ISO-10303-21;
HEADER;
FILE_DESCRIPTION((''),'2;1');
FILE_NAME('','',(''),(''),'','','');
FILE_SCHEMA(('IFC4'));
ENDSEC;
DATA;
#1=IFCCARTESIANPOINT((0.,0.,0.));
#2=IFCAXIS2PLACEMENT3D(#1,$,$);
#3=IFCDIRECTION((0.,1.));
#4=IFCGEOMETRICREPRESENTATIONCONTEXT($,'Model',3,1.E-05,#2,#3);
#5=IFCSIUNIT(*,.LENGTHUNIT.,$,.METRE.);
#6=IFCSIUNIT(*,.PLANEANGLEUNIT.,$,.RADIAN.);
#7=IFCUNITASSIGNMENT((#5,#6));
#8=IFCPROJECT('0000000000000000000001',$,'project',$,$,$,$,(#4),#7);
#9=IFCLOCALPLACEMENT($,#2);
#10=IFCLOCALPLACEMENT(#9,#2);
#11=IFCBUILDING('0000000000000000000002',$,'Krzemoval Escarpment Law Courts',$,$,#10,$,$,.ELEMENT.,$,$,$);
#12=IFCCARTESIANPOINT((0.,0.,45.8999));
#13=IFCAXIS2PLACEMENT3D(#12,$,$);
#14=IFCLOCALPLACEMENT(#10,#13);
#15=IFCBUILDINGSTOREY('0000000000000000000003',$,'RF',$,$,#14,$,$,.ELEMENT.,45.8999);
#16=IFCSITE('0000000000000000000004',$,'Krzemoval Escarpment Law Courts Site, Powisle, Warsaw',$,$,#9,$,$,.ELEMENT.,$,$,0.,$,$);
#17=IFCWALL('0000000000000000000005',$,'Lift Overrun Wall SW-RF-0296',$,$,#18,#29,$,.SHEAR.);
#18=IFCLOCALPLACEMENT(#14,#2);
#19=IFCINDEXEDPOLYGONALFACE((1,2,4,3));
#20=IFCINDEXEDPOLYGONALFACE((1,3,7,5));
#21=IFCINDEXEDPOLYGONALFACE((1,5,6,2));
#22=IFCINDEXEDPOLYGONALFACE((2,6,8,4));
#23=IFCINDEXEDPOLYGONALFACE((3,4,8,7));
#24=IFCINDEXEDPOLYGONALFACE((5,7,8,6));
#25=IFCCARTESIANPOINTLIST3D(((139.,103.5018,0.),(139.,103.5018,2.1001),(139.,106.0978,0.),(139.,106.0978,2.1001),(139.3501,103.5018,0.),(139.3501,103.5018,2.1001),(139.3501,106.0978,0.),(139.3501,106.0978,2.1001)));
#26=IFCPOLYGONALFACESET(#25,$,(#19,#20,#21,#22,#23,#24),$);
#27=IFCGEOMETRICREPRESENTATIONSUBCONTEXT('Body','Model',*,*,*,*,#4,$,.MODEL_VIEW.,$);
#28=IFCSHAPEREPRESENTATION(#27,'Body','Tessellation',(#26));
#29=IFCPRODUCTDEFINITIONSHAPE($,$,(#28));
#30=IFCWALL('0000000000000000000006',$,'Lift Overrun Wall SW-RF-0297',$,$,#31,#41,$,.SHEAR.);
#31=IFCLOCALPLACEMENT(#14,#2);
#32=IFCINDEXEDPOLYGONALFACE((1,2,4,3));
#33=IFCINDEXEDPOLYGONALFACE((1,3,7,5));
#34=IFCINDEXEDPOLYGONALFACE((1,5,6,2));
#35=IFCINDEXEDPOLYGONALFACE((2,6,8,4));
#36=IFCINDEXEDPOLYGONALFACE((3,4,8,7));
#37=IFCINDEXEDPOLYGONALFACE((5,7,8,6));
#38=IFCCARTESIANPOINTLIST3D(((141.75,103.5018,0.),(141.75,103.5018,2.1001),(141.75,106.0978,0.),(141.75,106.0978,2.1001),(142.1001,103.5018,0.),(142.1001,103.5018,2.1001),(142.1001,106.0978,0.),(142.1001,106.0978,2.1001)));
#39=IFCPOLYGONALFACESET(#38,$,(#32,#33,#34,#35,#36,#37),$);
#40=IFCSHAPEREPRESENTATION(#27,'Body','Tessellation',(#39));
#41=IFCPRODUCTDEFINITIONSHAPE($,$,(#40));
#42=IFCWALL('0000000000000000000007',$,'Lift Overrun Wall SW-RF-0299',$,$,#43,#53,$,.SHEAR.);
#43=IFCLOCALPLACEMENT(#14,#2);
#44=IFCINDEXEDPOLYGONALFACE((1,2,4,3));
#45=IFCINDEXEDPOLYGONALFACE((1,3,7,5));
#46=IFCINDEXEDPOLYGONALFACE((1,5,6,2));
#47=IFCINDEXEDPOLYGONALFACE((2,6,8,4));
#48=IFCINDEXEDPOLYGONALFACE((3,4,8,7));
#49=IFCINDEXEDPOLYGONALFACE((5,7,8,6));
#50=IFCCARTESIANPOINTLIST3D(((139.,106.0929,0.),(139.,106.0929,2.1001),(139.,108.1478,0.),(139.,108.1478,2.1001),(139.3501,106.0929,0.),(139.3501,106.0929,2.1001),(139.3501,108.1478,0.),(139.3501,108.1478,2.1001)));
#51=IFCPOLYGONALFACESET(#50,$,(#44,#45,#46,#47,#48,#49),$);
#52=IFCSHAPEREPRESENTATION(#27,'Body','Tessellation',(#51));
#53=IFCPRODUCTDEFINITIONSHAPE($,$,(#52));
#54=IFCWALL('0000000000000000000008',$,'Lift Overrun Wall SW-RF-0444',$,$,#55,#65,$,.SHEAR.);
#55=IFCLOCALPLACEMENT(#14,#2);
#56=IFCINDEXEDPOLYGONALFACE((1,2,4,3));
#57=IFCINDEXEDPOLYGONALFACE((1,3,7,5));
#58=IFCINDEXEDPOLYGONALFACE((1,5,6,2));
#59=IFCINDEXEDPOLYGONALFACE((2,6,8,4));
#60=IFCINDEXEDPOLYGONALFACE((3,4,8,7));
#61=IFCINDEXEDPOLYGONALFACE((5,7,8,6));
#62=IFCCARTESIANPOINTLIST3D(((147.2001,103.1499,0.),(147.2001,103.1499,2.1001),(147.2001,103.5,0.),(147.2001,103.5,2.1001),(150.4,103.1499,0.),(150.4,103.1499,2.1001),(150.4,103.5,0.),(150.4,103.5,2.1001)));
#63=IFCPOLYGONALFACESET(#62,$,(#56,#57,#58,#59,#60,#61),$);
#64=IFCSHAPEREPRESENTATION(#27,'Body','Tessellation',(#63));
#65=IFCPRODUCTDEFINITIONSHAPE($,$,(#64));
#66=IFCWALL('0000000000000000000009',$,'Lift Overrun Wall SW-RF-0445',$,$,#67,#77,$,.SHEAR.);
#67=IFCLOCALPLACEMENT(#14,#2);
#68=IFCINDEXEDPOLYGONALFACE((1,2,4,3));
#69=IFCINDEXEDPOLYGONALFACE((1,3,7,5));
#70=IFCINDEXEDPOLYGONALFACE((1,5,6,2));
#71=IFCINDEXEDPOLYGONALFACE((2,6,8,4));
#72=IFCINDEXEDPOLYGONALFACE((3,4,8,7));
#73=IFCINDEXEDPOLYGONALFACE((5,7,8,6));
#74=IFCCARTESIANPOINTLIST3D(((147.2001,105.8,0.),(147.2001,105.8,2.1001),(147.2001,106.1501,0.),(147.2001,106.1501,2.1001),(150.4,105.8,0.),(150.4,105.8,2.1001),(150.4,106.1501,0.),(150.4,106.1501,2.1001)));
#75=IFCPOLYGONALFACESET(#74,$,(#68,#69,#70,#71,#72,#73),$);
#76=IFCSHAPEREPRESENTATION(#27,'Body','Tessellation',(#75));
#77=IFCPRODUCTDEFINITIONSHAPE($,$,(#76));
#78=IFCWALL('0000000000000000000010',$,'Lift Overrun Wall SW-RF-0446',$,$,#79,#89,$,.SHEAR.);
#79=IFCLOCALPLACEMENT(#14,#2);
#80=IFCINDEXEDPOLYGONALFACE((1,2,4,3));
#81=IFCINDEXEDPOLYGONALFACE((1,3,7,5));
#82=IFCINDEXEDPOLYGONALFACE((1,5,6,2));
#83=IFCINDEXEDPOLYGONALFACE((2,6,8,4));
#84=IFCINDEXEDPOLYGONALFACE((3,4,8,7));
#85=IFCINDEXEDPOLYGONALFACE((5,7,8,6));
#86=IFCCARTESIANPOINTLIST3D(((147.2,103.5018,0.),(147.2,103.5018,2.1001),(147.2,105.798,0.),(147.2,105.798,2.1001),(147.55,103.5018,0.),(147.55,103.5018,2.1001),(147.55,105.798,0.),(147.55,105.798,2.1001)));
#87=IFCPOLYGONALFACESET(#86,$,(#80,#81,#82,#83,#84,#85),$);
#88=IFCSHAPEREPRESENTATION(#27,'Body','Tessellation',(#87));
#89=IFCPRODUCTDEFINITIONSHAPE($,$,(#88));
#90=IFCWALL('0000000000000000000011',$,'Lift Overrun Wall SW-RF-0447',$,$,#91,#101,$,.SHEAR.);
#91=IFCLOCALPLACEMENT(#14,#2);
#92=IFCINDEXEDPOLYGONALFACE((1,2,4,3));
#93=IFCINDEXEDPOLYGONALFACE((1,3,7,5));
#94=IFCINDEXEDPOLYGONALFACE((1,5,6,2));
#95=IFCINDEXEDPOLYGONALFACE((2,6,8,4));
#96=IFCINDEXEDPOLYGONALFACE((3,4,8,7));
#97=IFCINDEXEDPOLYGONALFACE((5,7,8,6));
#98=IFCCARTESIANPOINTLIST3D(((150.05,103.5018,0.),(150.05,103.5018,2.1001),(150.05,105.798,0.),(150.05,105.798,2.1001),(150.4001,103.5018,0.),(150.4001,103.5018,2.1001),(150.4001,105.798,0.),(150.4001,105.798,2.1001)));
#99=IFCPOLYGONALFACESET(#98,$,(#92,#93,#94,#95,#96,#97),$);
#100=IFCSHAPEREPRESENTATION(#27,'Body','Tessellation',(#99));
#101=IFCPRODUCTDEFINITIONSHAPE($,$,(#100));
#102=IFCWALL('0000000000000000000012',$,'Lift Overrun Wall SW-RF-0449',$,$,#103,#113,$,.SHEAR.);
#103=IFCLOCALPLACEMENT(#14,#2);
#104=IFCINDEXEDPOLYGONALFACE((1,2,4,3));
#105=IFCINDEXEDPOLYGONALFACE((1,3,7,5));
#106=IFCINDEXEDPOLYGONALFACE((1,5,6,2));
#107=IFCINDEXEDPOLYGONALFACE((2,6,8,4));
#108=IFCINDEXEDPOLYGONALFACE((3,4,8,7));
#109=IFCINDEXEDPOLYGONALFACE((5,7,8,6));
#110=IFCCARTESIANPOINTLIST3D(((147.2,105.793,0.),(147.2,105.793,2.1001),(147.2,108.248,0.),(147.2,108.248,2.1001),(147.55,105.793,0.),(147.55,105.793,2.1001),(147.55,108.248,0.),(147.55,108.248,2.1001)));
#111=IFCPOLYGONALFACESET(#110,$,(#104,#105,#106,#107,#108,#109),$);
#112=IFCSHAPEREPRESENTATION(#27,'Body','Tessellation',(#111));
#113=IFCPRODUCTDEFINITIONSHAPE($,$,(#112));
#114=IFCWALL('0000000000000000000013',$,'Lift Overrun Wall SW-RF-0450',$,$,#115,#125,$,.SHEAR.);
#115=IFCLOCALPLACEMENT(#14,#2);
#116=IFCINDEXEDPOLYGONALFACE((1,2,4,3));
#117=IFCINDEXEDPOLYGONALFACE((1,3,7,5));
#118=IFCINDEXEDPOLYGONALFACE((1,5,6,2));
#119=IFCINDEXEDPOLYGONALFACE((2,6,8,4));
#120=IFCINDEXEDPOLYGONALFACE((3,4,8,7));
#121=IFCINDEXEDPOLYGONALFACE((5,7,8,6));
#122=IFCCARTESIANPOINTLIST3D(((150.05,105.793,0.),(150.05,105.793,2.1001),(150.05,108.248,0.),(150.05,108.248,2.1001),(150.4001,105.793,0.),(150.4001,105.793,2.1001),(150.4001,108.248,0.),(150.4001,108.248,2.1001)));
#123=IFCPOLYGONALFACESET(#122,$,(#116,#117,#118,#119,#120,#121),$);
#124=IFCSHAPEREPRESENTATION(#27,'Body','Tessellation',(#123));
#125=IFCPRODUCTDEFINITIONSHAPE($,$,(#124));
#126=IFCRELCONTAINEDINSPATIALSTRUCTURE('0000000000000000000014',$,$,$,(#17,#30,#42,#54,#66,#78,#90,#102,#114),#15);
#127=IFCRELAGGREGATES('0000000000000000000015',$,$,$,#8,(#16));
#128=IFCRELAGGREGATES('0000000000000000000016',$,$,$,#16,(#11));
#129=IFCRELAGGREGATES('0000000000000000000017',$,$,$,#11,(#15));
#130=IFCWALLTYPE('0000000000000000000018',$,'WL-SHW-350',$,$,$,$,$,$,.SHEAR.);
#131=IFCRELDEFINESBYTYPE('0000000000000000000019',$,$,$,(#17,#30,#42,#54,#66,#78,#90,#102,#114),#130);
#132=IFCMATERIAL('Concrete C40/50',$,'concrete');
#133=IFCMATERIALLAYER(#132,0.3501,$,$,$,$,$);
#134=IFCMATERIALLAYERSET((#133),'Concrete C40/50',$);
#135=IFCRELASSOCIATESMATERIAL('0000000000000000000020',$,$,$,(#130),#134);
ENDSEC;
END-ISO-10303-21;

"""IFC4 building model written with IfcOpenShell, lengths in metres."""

from ifc_helpers import new_model, si_unit, direction, frame, frame_2d, origin, place, context, subcontext, project, spatial, rectangle, extrude, material, layer, layer_set, type_object, element, save


model = new_model("IFC4")

# Units and contexts
model_context = context("Model", 3, precision=1e-05, world=origin(), true_north=direction((0.0, 1.0)))
body_context = subcontext(model_context, "Body", "Model", "MODEL_VIEW")
ifc_project = project(units=[si_unit("LENGTHUNIT", "METRE"), si_unit("PLANEANGLEUNIT", "RADIAN")], contexts=[model_context])

# Site, building, storey
site_placement = place(None, origin())
site = spatial("IfcSite", under=ifc_project, at=site_placement, Name="Krzemoval Escarpment Law Courts Site, Powisle, Warsaw", CompositionType="ELEMENT", RefElevation=0.0)
building_placement = place(site_placement, origin())
building = spatial("IfcBuilding", under=site, at=building_placement, Name="Krzemoval Escarpment Law Courts", CompositionType="ELEMENT")
storey_placement = place(building_placement, frame((0.0, 0.0, 45.8999)))
storey = spatial("IfcBuildingStorey", under=building, at=storey_placement, Name="RF", CompositionType="ELEMENT", Elevation=45.8999)

# Walls
ifc_material_1 = material(Name="Concrete C40/50", Category="concrete")
ifc_layer_1 = layer(ifc_material_1, 0.3501)
ifc_layer_set_1 = layer_set([ifc_layer_1], Name="Concrete C40/50")
wall_type_1 = type_object("IfcWallType", Name="WL-SHW-350", PredefinedType="SHEAR", material=ifc_layer_set_1)
for number, where, z_axis, x_axis, name in (
    (1, (139.175, 103.502, 0.0), (0.0, 0.0, 1.0), (0.0, 1.0, 0.0), "Lift Overrun Wall SW-RF-0296"),
    (2, (141.925, 103.502, 0.0), (0.0, 0.0, 1.0), (0.0, 1.0, 0.0), "Lift Overrun Wall SW-RF-0297"),
):
    element("IfcWall", number, at=place(storey_placement, frame(where, z_axis=z_axis, x_axis=x_axis)), inside=storey, type_object=wall_type_1, Name=name, PredefinedType="SHEAR", context=body_context, shape_type="SweptSolid", body=[
        extrude(rectangle(XDim=2.5959, YDim=0.3501, at=frame_2d((1.2979, 0.0))), origin(), (0.0, 0.0, 1.0), 2.1001),
    ])
wall_1_placement = place(storey_placement, frame((139.175, 106.093, 0.0), z_axis=(0.0, 0.0, 1.0), x_axis=(0.0, 1.0, 0.0)))
element("IfcWall", 3, at=wall_1_placement, inside=storey, type_object=wall_type_1, Name="Lift Overrun Wall SW-RF-0299", PredefinedType="SHEAR", context=body_context, shape_type="SweptSolid", body=[
    extrude(rectangle(XDim=2.0549, YDim=0.3501, at=frame_2d((1.0273, 0.0))), origin(), (0.0, 0.0, 1.0), 2.1001),
])
for number, where, z_axis, x_axis, name in (
    (4, (147.2, 103.325, 0.0), (0.0, 0.0, 1.0), (1.0, 0.0, 0.0), "Lift Overrun Wall SW-RF-0444"),
    (5, (147.2, 105.9751, 0.0), (0.0, 0.0, 1.0), (1.0, 0.0, 0.0), "Lift Overrun Wall SW-RF-0445"),
):
    element("IfcWall", number, at=place(storey_placement, frame(where, z_axis=z_axis, x_axis=x_axis)), inside=storey, type_object=wall_type_1, Name=name, PredefinedType="SHEAR", context=body_context, shape_type="SweptSolid", body=[
        extrude(rectangle(XDim=3.2, YDim=0.3501, at=frame_2d((1.6001, 0.0))), origin(), (0.0, 0.0, 1.0), 2.1001),
    ])
for number, where, z_axis, x_axis, name in (
    (6, (147.375, 103.502, 0.0), (0.0, 0.0, 1.0), (0.0, 1.0, 0.0), "Lift Overrun Wall SW-RF-0446"),
    (7, (150.2251, 103.502, 0.0), (0.0, 0.0, 1.0), (0.0, 1.0, 0.0), "Lift Overrun Wall SW-RF-0447"),
):
    element("IfcWall", number, at=place(storey_placement, frame(where, z_axis=z_axis, x_axis=x_axis)), inside=storey, type_object=wall_type_1, Name=name, PredefinedType="SHEAR", context=body_context, shape_type="SweptSolid", body=[
        extrude(rectangle(XDim=2.2961, YDim=0.3501, at=frame_2d((1.1479, 0.0))), origin(), (0.0, 0.0, 1.0), 2.1001),
    ])
for number, where, z_axis, x_axis, name in (
    (8, (147.375, 105.793, 0.0), (0.0, 0.0, 1.0), (0.0, 1.0, 0.0), "Lift Overrun Wall SW-RF-0449"),
    (9, (150.2251, 105.793, 0.0), (0.0, 0.0, 1.0), (0.0, 1.0, 0.0), "Lift Overrun Wall SW-RF-0450"),
):
    element("IfcWall", number, at=place(storey_placement, frame(where, z_axis=z_axis, x_axis=x_axis)), inside=storey, type_object=wall_type_1, Name=name, PredefinedType="SHEAR", context=body_context, shape_type="SweptSolid", body=[
        extrude(rectangle(XDim=2.4551, YDim=0.3501, at=frame_2d((1.2275, 0.0))), origin(), (0.0, 0.0, 1.0), 2.1001),
    ])

save(model, "model.ifc")
